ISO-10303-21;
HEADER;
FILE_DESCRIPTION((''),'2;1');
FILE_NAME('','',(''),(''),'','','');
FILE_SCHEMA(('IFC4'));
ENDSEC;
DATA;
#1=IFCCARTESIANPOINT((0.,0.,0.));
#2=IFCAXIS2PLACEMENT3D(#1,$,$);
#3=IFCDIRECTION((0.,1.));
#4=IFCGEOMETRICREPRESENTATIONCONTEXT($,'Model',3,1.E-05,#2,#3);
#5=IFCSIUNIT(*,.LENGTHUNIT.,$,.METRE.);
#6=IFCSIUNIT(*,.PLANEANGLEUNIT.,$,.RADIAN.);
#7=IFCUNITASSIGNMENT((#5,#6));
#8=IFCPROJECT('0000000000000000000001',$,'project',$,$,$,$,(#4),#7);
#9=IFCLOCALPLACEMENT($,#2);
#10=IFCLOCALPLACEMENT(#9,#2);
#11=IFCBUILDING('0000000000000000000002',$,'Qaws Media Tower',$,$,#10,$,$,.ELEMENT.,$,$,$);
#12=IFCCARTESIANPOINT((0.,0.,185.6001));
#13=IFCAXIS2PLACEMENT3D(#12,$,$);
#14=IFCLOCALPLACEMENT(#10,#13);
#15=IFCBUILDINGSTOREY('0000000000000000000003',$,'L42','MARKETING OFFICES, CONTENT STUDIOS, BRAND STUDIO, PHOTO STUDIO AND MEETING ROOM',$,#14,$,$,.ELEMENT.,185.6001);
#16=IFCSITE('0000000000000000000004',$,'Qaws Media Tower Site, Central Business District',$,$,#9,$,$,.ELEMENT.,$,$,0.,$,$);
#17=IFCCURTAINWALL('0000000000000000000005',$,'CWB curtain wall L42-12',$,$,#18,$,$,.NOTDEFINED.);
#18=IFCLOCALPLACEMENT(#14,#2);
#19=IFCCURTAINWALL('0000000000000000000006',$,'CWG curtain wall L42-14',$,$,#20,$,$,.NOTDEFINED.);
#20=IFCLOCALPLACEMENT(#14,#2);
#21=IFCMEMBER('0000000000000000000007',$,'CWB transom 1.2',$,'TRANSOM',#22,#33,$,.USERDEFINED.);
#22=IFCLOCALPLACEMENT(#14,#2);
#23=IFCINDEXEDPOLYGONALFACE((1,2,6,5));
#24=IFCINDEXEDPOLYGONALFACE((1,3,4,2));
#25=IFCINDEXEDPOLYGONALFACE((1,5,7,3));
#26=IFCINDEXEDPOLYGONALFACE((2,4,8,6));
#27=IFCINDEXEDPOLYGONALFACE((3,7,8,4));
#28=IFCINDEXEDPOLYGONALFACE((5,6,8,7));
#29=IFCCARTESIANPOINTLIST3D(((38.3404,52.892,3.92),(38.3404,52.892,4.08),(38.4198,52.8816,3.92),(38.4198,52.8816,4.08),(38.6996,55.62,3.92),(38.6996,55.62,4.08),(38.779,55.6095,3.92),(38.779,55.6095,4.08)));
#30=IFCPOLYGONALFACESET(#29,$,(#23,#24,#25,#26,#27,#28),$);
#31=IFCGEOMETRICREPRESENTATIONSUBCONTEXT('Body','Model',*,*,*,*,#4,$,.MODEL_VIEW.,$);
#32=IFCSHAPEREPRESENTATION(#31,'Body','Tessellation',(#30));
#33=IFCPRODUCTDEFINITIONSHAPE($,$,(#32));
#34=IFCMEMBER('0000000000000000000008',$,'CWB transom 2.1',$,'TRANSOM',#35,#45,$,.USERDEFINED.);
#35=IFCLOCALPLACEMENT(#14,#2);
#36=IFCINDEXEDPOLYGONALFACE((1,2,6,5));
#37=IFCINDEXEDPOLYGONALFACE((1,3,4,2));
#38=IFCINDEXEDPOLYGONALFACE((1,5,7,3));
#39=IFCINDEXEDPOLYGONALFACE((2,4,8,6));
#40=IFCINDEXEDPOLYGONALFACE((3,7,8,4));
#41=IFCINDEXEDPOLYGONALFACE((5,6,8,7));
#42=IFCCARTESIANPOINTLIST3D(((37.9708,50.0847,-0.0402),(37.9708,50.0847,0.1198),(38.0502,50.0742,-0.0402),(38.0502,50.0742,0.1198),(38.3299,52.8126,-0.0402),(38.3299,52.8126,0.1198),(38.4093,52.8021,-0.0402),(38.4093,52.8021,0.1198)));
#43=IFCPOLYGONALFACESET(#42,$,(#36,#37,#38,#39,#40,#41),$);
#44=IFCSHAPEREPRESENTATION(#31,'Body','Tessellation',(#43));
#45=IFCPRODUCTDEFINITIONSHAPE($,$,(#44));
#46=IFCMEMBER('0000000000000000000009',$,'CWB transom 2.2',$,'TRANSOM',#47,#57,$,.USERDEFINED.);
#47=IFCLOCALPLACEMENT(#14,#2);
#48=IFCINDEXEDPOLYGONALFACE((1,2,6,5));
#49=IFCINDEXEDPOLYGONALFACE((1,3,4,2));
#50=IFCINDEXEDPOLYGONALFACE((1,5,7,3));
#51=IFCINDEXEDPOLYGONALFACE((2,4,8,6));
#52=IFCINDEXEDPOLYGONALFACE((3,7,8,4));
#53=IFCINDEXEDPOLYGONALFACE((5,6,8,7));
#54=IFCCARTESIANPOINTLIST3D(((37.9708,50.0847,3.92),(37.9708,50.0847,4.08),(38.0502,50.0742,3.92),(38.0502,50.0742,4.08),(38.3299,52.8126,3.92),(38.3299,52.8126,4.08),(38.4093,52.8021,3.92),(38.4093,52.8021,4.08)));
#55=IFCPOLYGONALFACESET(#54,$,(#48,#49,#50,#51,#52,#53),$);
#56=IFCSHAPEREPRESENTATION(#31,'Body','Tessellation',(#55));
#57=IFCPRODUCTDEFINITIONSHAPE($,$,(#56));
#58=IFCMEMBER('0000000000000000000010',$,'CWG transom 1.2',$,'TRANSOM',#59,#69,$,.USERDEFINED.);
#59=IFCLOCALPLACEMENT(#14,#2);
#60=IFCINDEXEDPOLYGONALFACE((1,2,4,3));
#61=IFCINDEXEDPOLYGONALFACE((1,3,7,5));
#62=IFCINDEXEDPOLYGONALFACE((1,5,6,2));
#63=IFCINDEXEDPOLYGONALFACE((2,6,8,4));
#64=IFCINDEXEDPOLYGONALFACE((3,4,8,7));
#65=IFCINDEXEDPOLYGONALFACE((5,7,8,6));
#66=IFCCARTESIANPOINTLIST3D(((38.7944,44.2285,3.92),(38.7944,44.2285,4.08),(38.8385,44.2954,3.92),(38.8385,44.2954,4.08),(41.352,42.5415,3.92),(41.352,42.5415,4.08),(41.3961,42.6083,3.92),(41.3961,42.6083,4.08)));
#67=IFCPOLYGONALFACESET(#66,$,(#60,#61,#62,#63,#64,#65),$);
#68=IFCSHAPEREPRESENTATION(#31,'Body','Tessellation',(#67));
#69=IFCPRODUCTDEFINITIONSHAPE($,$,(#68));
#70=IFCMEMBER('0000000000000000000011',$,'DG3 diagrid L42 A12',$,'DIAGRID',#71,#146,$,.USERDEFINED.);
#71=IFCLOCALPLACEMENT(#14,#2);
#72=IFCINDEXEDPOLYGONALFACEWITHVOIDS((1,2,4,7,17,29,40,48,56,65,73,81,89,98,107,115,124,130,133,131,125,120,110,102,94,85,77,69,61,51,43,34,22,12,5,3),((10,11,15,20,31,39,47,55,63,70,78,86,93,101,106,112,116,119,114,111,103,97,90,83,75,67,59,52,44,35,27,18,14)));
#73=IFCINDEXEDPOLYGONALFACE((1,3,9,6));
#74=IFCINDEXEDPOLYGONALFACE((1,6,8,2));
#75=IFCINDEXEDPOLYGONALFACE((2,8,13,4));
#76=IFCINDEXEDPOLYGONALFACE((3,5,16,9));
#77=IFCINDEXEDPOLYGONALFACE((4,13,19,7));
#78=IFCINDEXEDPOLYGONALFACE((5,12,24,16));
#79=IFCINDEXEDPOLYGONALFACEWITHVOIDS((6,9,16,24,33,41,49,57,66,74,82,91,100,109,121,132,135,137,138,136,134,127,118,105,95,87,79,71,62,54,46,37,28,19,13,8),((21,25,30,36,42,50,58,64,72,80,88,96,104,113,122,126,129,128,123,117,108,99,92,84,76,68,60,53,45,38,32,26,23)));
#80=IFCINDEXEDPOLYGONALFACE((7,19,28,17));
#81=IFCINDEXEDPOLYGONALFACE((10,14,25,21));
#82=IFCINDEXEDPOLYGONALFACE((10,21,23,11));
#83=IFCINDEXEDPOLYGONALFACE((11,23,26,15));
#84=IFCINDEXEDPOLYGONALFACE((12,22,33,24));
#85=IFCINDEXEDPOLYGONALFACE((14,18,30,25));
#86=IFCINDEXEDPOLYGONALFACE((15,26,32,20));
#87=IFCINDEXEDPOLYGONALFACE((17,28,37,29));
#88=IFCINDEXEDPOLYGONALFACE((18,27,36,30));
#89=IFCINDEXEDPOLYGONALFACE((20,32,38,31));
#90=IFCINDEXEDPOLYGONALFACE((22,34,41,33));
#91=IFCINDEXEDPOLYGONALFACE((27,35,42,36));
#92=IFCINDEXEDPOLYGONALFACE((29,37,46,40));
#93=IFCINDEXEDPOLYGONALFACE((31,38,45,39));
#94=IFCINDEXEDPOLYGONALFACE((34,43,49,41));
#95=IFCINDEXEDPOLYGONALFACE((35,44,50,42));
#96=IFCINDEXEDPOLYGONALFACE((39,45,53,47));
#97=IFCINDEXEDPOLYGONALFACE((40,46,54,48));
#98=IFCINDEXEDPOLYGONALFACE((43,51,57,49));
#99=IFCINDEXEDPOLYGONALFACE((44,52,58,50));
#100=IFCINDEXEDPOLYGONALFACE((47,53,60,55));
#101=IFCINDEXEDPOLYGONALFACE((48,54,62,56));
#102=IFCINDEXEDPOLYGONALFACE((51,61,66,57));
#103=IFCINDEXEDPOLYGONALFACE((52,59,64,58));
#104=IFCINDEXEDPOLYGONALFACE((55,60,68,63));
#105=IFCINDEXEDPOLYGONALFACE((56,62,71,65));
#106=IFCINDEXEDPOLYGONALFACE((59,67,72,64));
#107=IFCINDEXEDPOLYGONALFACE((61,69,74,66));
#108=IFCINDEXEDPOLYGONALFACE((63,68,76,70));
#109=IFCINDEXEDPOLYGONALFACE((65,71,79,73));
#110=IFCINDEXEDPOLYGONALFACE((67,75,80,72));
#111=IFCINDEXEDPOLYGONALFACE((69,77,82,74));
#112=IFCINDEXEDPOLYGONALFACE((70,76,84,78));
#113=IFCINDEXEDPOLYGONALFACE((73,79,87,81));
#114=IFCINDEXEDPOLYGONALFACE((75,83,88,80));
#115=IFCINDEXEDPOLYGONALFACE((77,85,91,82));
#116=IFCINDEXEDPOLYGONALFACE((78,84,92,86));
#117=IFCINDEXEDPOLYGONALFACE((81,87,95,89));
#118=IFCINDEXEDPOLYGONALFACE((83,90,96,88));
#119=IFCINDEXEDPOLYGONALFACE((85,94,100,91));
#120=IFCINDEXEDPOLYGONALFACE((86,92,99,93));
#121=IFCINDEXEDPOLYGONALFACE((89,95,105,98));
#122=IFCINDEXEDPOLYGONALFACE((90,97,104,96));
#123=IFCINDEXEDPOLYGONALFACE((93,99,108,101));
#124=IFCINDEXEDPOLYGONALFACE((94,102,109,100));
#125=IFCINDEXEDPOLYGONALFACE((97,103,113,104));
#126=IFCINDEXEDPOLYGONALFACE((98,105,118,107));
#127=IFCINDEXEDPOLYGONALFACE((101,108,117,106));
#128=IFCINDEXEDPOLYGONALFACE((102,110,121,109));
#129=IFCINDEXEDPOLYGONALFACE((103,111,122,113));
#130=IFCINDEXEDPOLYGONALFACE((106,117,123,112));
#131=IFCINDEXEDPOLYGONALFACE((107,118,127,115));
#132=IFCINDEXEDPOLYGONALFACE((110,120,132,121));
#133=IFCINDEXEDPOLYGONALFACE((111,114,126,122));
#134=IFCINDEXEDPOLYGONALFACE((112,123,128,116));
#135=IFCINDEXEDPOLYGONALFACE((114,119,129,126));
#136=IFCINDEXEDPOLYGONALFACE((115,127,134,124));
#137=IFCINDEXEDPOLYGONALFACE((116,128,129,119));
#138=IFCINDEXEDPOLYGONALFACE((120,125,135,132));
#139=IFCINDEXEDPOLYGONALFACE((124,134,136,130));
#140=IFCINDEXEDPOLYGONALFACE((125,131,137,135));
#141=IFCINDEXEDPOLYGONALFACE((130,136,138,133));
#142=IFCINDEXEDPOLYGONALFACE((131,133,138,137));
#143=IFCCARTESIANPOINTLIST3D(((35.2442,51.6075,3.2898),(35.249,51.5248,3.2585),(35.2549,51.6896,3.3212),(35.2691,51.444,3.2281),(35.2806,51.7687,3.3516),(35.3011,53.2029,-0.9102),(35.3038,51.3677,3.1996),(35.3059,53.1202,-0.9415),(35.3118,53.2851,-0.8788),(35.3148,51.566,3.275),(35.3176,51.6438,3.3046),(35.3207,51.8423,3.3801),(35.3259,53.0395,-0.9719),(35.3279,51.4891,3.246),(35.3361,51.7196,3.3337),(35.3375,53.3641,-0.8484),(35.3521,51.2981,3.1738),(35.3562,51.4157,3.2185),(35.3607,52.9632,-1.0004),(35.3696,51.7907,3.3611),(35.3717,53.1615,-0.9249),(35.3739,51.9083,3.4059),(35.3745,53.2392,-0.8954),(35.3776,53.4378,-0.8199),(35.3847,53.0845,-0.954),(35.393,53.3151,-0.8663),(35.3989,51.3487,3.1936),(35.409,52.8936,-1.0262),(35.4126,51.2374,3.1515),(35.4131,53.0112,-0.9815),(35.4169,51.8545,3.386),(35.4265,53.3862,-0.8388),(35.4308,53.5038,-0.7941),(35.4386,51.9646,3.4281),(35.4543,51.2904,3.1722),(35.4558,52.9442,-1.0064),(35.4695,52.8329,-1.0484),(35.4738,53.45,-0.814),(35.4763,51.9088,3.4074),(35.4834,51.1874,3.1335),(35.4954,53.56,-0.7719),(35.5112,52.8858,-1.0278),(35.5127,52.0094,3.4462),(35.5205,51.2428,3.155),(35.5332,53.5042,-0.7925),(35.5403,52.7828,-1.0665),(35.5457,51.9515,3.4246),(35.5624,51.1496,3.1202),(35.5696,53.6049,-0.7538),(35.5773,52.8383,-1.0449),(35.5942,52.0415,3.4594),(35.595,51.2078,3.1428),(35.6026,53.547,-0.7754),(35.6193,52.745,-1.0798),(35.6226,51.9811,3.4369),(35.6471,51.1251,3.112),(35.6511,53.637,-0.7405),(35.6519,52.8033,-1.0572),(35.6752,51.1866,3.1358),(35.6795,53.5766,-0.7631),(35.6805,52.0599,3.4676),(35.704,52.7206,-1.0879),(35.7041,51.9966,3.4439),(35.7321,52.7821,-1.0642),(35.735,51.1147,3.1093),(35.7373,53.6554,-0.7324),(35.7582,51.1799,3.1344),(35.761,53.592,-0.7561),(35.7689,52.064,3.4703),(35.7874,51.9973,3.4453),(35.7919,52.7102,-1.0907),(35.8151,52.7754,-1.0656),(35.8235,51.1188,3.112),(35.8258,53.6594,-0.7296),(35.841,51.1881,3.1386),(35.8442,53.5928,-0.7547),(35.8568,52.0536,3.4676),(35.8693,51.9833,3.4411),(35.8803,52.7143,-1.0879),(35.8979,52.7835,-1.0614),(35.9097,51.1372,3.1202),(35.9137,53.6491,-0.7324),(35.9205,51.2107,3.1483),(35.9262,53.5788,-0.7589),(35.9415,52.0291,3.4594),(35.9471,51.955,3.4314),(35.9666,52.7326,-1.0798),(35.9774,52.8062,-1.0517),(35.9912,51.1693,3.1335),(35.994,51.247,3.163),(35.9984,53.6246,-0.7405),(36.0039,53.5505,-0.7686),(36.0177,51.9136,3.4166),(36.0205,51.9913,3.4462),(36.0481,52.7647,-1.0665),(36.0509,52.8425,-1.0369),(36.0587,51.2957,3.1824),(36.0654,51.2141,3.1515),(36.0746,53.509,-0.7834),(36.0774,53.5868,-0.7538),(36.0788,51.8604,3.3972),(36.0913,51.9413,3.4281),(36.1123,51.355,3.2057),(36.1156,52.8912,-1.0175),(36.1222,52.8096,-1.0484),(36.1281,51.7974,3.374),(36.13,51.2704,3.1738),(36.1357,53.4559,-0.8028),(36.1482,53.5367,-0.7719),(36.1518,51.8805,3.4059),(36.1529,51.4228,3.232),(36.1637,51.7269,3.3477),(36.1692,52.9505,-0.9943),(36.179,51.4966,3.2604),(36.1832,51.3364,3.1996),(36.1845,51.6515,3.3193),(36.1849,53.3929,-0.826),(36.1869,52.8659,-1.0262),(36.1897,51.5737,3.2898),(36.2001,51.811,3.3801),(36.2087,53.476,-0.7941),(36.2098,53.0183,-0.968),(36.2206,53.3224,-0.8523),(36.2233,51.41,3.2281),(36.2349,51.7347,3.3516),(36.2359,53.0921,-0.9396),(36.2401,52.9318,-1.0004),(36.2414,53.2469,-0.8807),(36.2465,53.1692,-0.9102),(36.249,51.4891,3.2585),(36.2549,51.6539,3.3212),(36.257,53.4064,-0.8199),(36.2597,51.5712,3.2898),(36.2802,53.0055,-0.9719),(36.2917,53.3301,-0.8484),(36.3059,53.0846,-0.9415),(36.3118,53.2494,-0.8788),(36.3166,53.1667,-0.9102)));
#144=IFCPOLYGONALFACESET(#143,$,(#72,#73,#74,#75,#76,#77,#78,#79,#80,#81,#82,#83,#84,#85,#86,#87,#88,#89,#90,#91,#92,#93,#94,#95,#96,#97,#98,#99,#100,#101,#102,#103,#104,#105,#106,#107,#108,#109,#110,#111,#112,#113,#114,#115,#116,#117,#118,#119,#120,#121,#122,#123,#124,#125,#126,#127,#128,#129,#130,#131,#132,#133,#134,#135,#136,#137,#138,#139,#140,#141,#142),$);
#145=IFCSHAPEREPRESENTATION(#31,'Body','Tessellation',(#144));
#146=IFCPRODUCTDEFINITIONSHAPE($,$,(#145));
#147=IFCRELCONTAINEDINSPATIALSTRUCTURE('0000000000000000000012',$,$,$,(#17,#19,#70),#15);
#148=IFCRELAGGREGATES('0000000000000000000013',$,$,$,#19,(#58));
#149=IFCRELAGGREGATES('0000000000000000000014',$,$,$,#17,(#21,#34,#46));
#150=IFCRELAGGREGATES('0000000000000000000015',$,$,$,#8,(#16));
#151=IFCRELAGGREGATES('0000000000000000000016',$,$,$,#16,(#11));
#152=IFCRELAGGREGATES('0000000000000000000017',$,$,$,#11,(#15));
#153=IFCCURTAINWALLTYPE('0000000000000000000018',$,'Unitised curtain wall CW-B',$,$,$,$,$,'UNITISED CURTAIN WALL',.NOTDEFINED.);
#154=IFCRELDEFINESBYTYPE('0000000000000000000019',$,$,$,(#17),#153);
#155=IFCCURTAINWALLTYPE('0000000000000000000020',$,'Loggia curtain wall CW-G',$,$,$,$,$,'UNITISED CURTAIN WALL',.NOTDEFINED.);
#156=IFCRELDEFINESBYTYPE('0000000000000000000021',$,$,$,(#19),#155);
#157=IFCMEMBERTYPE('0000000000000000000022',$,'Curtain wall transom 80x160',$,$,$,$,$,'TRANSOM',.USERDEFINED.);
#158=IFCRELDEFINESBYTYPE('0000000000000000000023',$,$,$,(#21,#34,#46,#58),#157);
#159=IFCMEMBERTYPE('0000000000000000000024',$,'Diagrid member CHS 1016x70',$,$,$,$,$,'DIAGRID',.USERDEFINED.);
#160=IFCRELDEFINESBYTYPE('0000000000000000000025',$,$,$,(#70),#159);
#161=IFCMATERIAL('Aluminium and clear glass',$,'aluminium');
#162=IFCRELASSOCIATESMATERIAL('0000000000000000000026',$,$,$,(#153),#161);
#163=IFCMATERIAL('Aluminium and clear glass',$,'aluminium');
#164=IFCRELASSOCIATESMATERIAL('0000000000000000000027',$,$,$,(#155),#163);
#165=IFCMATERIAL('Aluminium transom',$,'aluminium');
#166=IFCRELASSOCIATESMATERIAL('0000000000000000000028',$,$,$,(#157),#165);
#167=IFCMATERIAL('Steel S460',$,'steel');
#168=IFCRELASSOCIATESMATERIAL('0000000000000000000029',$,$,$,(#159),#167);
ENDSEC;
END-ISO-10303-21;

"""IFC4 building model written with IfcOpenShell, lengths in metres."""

from ifc_helpers import new_model, si_unit, direction, frame, origin, origin_2d, place, context, subcontext, project, spatial, rectangle, hollow_circle, extrude, material, material_profile, profile_set, type_object, element, aggregate, save


model = new_model("IFC4")

# Units and contexts
model_context = context("Model", 3, precision=1e-05, world=origin(), true_north=direction((0.0, 1.0)))
body_context = subcontext(model_context, "Body", "Model", "MODEL_VIEW")
ifc_project = project(units=[si_unit("LENGTHUNIT", "METRE"), si_unit("PLANEANGLEUNIT", "RADIAN")], contexts=[model_context])

# Site, building, storey
site_placement = place(None, origin())
site = spatial("IfcSite", under=ifc_project, at=site_placement, Name="Qaws Media Tower Site, Central Business District", CompositionType="ELEMENT", RefElevation=0.0)
building_placement = place(site_placement, origin())
building = spatial("IfcBuilding", under=site, at=building_placement, Name="Qaws Media Tower", CompositionType="ELEMENT")
storey_placement = place(building_placement, frame((0.0, 0.0, 185.6001)))
storey = spatial("IfcBuildingStorey", under=building, at=storey_placement, Name="L42", Description="MARKETING OFFICES, CONTENT STUDIOS, BRAND STUDIO, PHOTO STUDIO AND MEETING ROOM", CompositionType="ELEMENT", Elevation=185.6001)

# Shared definitions
ifc_material_1 = material(Name="Aluminium and clear glass", Category="aluminium")
curtain_wall_type_1 = type_object("IfcCurtainWallType", Name="Unitised curtain wall CW-B", ElementType="UNITISED CURTAIN WALL", PredefinedType="NOTDEFINED", material=ifc_material_1)

# Curtain wall
curtain_wall_1_placement = place(storey_placement, origin())
curtain_wall_1 = element("IfcCurtainWall", 1, at=curtain_wall_1_placement, inside=storey, type_object=curtain_wall_type_1, Name="CWB curtain wall L42-12", PredefinedType="NOTDEFINED")

# Curtain wall
ifc_material_2 = material(Name="Aluminium and clear glass", Category="aluminium")
curtain_wall_type_2 = type_object("IfcCurtainWallType", Name="Loggia curtain wall CW-G", ElementType="UNITISED CURTAIN WALL", PredefinedType="NOTDEFINED", material=ifc_material_2)
curtain_wall_2_placement = place(storey_placement, origin())
curtain_wall_2 = element("IfcCurtainWall", 2, at=curtain_wall_2_placement, inside=storey, type_object=curtain_wall_type_2, Name="CWG curtain wall L42-14", PredefinedType="NOTDEFINED")

# Members
ifc_material_3 = material(Name="Aluminium transom", Category="aluminium")
ifc_material_profile_1 = material_profile(ifc_material_3, rectangle(XDim=0.0801, YDim=0.1599, at=origin_2d()), Name="80x160")
ifc_profile_set_1 = profile_set([ifc_material_profile_1], Name="Aluminium transom")
member_type_1 = type_object("IfcMemberType", Name="Curtain wall transom 80x160", ElementType="TRANSOM", PredefinedType="USERDEFINED", material=ifc_profile_set_1)
member_1_placement = place(storey_placement, frame((38.7393, 55.6147, 4.0), z_axis=(-0.130519, -0.991446, 0.0), x_axis=(0.991446, -0.130519, 0.0)))
member_1 = element("IfcMember", 3, at=member_1_placement, type_object=member_type_1, Name="CWB transom 1.2", ObjectType="TRANSOM", PredefinedType="USERDEFINED", context=body_context, shape_type="SweptSolid", body=[
    extrude(rectangle(XDim=0.0801, YDim=0.1599, at=origin_2d()), origin(), (0.0, 0.0, 1.0), 2.7515),
])
member_2_placement = place(storey_placement, frame((38.3696, 52.8074, 0.0398), z_axis=(-0.130519, -0.991446, 0.0), x_axis=(0.991446, -0.130519, 0.0)))
member_2 = element("IfcMember", 4, at=member_2_placement, type_object=member_type_1, Name="CWB transom 2.1", ObjectType="TRANSOM", PredefinedType="USERDEFINED", context=body_context, shape_type="SweptSolid", body=[
    extrude(rectangle(XDim=0.0801, YDim=0.1599, at=origin_2d()), origin(), (0.0, 0.0, 1.0), 2.7515),
])
member_3_placement = place(storey_placement, frame((38.3696, 52.8074, 4.0), z_axis=(-0.130519, -0.991446, 0.0), x_axis=(0.991446, -0.130519, 0.0)))
member_3 = element("IfcMember", 5, at=member_3_placement, type_object=member_type_1, Name="CWB transom 2.2", ObjectType="TRANSOM", PredefinedType="USERDEFINED", context=body_context, shape_type="SweptSolid", body=[
    extrude(rectangle(XDim=0.0801, YDim=0.1599, at=origin_2d()), origin(), (0.0, 0.0, 1.0), 2.7515),
])
member_4_placement = place(storey_placement, frame((38.8164, 44.262, 4.0), z_axis=(0.834762, -0.550611, 0.0), x_axis=(0.550611, 0.834762, 0.0)))
member_4 = element("IfcMember", 6, at=member_4_placement, type_object=member_type_1, Name="CWG transom 1.2", ObjectType="TRANSOM", PredefinedType="USERDEFINED", context=body_context, shape_type="SweptSolid", body=[
    extrude(rectangle(XDim=0.0801, YDim=0.1599, at=origin_2d()), origin(), (0.0, 0.0, 1.0), 3.064),
])
aggregate(curtain_wall_2, [member_4])

# Member
ifc_material_4 = material(Name="Steel S460", Category="steel")
ifc_material_profile_2 = material_profile(ifc_material_4, hollow_circle(Radius=0.5081, WallThickness=0.0701, at=origin_2d()), Name="CHS 1016x70")
ifc_profile_set_2 = profile_set([ifc_material_profile_2], Name="Steel S460")
member_type_2 = type_object("IfcMemberType", Name="Diagrid member CHS 1016x70", ElementType="DIAGRID", PredefinedType="USERDEFINED", material=ifc_profile_set_2)
for number, where, z_axis, x_axis, name in (
    (7, (35.8088, 53.1848, -0.9102), (-0.01266, -0.355088, 0.934747), (0.999365, -0.035632, 0.0), "DG3 diagrid L42 A12"),
):
    element("IfcMember", number, at=place(storey_placement, frame(where, z_axis=z_axis, x_axis=x_axis)), inside=storey, type_object=member_type_2, Name=name, ObjectType="DIAGRID", PredefinedType="USERDEFINED", context=body_context, shape_type="SweptSolid", body=[
        extrude(hollow_circle(Radius=0.5081, WallThickness=0.0701, at=origin_2d()), origin(), (0.0, 0.0, 1.0), 4.4932),
    ])

aggregate(curtain_wall_1, [member_1, member_2, member_3])

save(model, "model.ifc")
